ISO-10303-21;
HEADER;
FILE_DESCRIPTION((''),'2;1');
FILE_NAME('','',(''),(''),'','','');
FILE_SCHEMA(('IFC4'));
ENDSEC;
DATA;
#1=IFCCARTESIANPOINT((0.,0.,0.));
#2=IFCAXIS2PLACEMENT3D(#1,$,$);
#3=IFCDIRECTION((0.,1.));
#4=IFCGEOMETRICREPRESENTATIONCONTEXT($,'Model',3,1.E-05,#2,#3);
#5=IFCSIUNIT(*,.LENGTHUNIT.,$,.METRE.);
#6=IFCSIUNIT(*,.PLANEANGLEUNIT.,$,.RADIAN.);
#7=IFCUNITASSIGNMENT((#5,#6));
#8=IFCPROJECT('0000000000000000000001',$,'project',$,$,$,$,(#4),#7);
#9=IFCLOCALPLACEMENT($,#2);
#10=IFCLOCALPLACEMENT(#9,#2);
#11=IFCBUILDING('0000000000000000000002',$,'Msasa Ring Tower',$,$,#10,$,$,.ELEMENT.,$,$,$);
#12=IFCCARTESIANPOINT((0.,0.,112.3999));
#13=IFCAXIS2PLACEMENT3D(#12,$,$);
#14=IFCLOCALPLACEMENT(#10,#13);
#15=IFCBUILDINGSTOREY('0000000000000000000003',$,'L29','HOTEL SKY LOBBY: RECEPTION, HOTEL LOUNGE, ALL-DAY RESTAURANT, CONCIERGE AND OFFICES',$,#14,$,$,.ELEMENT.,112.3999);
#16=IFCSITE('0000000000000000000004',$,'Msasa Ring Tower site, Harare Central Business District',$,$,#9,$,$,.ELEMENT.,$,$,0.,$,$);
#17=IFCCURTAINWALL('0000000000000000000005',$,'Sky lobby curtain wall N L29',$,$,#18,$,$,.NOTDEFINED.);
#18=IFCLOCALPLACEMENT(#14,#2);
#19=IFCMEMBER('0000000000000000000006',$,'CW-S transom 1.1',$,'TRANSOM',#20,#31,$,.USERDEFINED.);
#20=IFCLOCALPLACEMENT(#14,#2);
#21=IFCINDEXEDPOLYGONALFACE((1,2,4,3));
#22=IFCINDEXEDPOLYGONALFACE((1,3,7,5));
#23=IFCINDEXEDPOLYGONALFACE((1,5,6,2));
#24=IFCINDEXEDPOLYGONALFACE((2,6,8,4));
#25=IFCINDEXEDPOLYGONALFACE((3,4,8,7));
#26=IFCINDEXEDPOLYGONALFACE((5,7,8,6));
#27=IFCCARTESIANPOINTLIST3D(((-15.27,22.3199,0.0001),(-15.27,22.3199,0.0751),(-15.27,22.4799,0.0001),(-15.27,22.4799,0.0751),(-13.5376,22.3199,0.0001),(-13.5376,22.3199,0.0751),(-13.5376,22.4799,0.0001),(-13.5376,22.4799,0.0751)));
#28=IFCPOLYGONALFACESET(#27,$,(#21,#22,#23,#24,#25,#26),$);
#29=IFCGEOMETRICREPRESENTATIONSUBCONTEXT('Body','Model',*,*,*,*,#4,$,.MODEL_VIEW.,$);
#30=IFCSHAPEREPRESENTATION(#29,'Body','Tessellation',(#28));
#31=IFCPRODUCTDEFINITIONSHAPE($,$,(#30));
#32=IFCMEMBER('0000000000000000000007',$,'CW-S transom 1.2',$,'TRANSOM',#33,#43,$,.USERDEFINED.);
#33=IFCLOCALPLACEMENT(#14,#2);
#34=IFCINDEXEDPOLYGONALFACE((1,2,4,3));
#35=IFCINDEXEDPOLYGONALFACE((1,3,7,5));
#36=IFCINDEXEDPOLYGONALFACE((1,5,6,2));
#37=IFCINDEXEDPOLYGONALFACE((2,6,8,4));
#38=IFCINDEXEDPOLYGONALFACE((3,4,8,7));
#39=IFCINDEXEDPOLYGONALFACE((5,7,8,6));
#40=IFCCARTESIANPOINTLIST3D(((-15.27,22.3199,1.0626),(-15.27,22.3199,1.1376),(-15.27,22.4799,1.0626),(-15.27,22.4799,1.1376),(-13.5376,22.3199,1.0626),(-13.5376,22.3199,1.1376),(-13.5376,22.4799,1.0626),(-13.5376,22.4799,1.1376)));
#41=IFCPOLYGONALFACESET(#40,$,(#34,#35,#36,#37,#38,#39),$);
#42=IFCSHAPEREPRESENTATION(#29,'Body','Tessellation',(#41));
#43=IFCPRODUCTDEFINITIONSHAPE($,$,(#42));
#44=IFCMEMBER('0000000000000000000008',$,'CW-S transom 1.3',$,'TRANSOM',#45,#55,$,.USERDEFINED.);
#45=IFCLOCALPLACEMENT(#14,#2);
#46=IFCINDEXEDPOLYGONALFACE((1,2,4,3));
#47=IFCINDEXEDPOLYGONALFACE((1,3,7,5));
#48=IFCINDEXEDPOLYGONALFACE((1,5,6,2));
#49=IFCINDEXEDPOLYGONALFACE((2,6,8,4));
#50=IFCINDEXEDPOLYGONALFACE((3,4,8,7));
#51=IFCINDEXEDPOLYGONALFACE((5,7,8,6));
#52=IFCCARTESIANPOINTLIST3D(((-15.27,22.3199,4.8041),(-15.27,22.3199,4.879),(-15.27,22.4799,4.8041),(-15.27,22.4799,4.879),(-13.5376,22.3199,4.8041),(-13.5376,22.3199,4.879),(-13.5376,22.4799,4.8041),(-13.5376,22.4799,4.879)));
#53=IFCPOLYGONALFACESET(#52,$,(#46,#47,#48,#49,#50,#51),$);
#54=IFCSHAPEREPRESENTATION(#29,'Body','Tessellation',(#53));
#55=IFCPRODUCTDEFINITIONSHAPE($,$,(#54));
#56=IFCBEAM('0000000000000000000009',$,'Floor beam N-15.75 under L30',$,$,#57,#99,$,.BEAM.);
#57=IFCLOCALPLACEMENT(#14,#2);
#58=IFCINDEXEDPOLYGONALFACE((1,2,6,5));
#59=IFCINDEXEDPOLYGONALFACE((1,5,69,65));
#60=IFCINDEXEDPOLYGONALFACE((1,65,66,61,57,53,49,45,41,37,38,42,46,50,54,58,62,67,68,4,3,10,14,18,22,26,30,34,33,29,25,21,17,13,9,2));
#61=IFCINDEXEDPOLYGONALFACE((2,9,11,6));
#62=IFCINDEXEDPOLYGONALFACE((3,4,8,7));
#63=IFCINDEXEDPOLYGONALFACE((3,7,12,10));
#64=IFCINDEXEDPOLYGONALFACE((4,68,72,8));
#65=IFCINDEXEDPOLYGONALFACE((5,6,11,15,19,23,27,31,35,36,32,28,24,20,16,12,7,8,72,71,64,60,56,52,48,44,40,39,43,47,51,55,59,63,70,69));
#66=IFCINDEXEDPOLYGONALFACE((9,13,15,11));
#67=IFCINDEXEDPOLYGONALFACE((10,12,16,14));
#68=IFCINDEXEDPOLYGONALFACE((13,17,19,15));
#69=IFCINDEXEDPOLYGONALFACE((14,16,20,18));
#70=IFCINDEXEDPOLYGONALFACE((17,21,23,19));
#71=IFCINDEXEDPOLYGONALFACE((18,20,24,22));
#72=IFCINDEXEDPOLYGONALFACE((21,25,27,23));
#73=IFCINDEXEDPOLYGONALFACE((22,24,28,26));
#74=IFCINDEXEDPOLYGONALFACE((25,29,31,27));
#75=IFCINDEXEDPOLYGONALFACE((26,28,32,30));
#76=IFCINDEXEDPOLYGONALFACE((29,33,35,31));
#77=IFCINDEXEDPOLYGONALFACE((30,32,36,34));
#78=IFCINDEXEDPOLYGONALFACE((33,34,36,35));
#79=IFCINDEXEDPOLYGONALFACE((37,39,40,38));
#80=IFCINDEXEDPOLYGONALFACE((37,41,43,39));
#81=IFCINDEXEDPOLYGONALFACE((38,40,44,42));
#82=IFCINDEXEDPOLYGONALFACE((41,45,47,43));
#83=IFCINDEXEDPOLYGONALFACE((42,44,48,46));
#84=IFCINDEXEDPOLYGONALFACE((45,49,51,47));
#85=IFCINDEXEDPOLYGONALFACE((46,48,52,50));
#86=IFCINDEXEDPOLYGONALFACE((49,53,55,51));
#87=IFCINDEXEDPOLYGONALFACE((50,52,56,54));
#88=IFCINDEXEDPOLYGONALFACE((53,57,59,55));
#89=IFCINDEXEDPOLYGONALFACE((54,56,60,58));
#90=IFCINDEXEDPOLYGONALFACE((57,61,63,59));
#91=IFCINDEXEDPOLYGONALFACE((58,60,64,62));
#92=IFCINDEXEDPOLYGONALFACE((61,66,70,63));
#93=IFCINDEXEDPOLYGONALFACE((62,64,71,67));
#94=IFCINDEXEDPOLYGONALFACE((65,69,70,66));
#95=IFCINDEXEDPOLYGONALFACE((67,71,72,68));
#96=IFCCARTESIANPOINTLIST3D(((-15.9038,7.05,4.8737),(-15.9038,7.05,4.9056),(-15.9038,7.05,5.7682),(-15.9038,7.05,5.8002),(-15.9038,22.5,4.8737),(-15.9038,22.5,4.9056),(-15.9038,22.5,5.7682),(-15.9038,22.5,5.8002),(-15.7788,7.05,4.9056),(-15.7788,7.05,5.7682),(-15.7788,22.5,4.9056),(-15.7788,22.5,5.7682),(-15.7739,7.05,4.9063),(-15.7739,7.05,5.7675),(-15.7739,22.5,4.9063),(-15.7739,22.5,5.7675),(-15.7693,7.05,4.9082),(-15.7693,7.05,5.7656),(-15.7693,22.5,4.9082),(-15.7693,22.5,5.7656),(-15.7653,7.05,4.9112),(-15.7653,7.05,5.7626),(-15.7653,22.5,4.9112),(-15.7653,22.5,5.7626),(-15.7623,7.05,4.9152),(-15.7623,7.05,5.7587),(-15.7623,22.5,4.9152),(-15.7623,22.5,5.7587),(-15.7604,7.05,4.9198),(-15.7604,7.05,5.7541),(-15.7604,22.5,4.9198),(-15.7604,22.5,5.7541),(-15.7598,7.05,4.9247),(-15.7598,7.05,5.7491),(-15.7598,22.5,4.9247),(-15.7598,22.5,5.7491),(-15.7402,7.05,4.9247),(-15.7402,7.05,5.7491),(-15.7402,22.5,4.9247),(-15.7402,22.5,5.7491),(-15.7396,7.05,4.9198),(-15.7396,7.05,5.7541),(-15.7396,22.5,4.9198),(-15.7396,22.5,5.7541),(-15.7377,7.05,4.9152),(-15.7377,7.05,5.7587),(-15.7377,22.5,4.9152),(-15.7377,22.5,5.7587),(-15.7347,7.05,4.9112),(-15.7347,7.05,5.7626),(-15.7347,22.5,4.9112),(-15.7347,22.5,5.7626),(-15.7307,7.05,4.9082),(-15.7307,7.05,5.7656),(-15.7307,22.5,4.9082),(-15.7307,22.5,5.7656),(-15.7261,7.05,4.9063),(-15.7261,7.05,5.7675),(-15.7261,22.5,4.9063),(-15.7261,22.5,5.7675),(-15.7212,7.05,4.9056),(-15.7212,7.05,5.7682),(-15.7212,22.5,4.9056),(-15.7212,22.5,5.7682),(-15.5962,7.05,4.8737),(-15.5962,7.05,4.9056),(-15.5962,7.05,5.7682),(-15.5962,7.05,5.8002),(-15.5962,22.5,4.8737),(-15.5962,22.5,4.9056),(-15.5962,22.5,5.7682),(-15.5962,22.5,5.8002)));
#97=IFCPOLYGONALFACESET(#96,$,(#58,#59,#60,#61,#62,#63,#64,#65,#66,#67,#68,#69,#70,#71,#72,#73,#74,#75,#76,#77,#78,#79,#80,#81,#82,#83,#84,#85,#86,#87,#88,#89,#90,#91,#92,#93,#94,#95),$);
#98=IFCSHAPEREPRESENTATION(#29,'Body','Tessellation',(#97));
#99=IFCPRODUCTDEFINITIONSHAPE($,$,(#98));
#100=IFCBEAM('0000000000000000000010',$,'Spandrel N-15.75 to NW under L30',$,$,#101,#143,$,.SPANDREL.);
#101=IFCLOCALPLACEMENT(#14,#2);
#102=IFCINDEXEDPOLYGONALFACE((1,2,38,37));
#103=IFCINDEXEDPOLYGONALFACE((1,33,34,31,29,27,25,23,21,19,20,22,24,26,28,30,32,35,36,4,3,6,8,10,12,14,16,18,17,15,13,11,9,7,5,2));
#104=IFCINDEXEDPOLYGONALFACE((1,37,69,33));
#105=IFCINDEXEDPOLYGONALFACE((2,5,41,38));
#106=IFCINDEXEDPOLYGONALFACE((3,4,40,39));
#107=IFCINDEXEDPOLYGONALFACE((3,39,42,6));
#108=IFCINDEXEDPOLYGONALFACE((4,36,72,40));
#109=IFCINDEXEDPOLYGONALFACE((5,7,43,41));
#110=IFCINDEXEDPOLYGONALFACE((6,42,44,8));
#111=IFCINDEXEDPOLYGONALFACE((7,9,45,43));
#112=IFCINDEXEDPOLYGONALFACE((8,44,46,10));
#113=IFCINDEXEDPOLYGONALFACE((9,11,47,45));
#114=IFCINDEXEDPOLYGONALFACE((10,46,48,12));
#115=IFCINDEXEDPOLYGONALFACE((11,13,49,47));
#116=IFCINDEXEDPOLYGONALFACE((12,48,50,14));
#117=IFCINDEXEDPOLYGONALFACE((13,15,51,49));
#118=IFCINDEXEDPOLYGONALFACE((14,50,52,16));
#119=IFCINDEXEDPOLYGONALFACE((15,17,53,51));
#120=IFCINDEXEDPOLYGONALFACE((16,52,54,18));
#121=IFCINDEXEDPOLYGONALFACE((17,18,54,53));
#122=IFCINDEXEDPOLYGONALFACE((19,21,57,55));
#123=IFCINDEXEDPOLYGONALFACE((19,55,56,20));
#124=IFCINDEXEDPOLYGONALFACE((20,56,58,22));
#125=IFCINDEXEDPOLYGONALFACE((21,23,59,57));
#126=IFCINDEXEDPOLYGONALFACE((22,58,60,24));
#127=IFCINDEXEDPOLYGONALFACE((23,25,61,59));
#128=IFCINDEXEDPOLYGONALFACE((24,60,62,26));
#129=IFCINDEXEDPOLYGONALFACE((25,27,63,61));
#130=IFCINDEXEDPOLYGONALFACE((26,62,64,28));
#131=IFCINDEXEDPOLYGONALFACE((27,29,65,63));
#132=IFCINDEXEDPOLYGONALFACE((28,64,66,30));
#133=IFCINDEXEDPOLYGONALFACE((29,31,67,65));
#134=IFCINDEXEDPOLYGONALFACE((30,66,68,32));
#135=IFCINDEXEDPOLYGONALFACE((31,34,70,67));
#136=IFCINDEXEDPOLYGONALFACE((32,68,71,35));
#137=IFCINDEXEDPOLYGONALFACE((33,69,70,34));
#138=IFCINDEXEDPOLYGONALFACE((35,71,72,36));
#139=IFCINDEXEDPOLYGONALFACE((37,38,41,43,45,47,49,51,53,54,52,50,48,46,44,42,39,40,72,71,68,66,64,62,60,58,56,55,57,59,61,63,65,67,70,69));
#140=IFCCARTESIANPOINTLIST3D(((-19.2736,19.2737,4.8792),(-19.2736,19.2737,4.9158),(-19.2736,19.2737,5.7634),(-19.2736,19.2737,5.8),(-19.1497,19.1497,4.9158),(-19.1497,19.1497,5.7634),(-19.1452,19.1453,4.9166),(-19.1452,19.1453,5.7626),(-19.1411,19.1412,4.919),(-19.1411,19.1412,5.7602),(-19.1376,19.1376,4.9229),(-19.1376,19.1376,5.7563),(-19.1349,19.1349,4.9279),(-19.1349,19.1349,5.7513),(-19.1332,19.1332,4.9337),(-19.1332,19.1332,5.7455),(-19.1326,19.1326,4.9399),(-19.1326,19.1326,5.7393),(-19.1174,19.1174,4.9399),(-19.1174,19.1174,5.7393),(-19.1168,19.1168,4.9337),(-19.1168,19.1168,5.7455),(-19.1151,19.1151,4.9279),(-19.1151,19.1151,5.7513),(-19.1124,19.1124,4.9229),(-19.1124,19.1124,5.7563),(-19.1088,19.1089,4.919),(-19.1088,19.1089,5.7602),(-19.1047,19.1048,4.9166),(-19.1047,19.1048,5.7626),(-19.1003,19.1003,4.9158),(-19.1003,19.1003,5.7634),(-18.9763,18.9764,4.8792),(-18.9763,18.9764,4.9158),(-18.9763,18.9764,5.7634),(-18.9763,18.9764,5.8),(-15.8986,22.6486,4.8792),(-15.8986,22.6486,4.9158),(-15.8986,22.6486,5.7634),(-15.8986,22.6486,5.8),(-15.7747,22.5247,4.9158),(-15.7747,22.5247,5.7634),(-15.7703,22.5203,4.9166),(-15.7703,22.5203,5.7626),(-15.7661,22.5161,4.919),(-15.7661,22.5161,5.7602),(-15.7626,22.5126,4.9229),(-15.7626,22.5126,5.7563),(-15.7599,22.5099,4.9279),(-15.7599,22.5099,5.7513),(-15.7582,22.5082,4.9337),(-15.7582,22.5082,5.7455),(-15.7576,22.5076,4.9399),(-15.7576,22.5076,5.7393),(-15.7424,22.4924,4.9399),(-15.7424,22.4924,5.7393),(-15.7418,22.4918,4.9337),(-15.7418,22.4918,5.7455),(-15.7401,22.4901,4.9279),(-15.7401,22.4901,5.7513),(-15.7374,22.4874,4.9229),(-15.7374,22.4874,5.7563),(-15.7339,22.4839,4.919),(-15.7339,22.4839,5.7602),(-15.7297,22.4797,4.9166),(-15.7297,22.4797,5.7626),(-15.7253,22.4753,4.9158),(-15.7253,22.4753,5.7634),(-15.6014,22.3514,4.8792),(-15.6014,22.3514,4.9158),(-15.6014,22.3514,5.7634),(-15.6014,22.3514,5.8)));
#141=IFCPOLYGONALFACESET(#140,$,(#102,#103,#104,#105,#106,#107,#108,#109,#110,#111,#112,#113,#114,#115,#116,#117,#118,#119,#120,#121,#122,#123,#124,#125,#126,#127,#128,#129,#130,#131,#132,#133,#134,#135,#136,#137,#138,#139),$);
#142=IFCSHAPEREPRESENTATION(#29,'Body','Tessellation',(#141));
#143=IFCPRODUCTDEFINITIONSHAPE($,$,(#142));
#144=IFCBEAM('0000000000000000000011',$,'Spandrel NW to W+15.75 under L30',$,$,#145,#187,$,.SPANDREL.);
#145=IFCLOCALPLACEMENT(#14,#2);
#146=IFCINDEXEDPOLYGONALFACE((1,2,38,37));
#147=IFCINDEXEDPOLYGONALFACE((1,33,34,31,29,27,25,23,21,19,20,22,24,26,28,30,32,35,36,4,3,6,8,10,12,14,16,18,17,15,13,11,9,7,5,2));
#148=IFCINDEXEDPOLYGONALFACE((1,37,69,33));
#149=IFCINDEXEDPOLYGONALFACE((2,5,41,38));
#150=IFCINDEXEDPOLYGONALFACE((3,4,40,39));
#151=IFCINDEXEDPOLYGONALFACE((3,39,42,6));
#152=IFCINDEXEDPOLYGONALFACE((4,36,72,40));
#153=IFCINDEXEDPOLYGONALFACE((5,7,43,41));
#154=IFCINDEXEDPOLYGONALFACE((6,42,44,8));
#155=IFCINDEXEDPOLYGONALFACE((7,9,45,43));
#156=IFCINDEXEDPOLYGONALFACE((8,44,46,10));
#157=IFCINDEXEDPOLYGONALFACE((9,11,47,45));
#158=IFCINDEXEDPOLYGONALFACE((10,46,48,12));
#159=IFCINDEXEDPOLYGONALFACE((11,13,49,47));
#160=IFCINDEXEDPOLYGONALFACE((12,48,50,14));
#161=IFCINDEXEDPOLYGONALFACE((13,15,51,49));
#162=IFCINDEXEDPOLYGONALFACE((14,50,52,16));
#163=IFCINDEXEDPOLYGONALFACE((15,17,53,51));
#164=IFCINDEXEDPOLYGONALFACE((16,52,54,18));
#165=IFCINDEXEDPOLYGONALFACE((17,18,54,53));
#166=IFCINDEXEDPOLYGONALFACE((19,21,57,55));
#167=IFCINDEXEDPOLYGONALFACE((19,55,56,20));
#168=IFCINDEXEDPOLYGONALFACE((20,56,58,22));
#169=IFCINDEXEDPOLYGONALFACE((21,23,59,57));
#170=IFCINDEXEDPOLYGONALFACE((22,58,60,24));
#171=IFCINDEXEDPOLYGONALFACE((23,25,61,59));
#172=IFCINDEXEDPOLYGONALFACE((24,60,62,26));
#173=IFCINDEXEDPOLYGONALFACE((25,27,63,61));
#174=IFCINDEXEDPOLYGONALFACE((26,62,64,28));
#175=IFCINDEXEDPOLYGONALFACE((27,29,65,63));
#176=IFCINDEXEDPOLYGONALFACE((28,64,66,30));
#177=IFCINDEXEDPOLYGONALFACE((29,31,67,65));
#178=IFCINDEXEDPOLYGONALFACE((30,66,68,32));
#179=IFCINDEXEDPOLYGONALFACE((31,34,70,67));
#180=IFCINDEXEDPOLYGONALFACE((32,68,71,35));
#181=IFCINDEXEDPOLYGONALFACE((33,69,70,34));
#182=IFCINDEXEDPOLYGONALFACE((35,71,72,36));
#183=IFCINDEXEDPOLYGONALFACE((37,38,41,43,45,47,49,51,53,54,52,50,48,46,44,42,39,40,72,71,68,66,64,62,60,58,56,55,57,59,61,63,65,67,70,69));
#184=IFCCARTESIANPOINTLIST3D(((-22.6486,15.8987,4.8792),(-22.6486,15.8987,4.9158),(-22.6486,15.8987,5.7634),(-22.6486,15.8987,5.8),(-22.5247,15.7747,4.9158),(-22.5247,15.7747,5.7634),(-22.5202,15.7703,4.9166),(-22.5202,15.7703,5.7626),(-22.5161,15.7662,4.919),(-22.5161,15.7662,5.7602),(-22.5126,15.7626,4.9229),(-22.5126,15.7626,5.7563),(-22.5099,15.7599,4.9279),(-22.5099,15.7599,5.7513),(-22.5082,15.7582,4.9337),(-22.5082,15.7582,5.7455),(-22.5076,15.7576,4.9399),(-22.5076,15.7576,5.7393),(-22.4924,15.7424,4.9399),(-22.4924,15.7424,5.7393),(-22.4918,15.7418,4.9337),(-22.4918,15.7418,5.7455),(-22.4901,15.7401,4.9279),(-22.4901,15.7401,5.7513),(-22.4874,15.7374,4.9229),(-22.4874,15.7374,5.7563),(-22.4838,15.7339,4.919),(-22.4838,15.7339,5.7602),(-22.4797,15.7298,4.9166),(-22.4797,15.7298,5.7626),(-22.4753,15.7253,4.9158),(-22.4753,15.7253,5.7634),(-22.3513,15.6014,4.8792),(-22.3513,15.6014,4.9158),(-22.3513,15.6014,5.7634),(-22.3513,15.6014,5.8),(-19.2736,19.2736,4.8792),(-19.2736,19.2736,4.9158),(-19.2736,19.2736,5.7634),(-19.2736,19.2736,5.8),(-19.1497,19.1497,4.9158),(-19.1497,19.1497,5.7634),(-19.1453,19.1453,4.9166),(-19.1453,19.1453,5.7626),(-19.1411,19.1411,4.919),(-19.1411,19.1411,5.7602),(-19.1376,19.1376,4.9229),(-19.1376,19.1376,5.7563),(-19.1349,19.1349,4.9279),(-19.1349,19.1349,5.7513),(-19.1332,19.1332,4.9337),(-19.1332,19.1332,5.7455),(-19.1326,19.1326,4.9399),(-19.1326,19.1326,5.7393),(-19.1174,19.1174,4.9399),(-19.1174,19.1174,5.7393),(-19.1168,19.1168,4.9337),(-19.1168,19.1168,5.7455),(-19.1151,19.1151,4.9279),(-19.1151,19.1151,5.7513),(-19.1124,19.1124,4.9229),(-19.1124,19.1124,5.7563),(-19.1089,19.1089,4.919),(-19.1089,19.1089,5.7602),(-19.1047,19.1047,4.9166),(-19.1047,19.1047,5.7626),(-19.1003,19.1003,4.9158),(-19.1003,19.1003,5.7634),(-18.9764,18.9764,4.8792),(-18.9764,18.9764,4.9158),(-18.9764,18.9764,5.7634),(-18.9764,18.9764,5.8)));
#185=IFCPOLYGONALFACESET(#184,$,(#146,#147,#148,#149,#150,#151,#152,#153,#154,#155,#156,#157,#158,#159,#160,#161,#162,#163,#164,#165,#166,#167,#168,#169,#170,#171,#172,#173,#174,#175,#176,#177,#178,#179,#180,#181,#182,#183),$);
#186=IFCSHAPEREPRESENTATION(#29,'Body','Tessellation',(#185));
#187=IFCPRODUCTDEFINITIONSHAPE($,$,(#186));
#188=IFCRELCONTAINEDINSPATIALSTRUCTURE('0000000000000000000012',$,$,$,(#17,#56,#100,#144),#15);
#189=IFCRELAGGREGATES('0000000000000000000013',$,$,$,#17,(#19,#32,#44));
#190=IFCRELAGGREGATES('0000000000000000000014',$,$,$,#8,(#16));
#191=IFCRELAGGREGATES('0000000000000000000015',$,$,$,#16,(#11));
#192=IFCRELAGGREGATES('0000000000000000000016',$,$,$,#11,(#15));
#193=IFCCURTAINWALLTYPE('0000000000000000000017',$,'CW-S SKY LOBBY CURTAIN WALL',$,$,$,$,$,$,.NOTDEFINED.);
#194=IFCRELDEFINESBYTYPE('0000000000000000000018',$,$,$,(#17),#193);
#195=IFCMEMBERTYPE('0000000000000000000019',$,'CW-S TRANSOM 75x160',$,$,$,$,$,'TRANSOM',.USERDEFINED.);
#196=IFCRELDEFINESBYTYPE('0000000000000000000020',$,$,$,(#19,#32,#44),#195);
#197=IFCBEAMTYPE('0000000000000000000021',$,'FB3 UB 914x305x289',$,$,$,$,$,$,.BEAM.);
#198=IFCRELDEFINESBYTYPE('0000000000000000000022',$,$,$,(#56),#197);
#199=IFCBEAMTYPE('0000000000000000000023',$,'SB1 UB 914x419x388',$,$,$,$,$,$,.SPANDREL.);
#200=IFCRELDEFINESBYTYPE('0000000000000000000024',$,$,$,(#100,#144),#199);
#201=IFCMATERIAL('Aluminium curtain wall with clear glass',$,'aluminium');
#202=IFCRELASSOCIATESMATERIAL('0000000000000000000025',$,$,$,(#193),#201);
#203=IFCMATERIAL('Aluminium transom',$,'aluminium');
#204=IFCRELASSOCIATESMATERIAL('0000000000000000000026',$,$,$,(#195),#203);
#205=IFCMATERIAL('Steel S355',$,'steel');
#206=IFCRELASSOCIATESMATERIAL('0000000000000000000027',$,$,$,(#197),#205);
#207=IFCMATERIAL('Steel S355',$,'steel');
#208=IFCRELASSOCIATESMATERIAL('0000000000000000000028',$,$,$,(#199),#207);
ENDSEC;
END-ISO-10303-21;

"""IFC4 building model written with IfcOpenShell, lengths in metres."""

from ifc_helpers import new_model, si_unit, direction, frame, origin, origin_2d, place, context, subcontext, project, spatial, rectangle, i_section, extrude, material, material_profile, profile_set, type_object, element, aggregate, save


model = new_model("IFC4")

# Units and contexts
model_context = context("Model", 3, precision=1e-05, world=origin(), true_north=direction((0.0, 1.0)))
body_context = subcontext(model_context, "Body", "Model", "MODEL_VIEW")
ifc_project = project(units=[si_unit("LENGTHUNIT", "METRE"), si_unit("PLANEANGLEUNIT", "RADIAN")], contexts=[model_context])

# Site, building, storey
site_placement = place(None, origin())
site = spatial("IfcSite", under=ifc_project, at=site_placement, Name="Msasa Ring Tower site, Harare Central Business District", CompositionType="ELEMENT", RefElevation=0.0)
building_placement = place(site_placement, origin())
building = spatial("IfcBuilding", under=site, at=building_placement, Name="Msasa Ring Tower", CompositionType="ELEMENT")
storey_placement = place(building_placement, frame((0.0, 0.0, 112.3999)))
storey = spatial("IfcBuildingStorey", under=building, at=storey_placement, Name="L29", Description="HOTEL SKY LOBBY: RECEPTION, HOTEL LOUNGE, ALL-DAY RESTAURANT, CONCIERGE AND OFFICES", CompositionType="ELEMENT", Elevation=112.3999)

# Curtain wall, members
ifc_material_1 = material(Name="Aluminium curtain wall with clear glass", Category="aluminium")
curtain_wall_type_1 = type_object("IfcCurtainWallType", Name="CW-S SKY LOBBY CURTAIN WALL", PredefinedType="NOTDEFINED", material=ifc_material_1)
curtain_wall_1_placement = place(storey_placement, origin())
curtain_wall_1 = element("IfcCurtainWall", 1, at=curtain_wall_1_placement, inside=storey, type_object=curtain_wall_type_1, Name="Sky lobby curtain wall N L29", PredefinedType="NOTDEFINED")
ifc_material_2 = material(Name="Aluminium transom", Category="aluminium")
ifc_material_profile_1 = material_profile(ifc_material_2, rectangle(XDim=0.1599, YDim=0.075, at=origin_2d()), Name="AL 75x160")
ifc_profile_set_1 = profile_set([ifc_material_profile_1], Name="Aluminium transom")
member_type_1 = type_object("IfcMemberType", Name="CW-S TRANSOM 75x160", ElementType="TRANSOM", PredefinedType="USERDEFINED", material=ifc_profile_set_1)
member_1_placement = place(storey_placement, frame((-15.27, 22.3999, 0.0376), z_axis=(1.0, 0.0, 0.0), x_axis=(0.0, 1.0, 0.0)))
member_1 = element("IfcMember", 2, at=member_1_placement, type_object=member_type_1, Name="CW-S transom 1.1", ObjectType="TRANSOM", PredefinedType="USERDEFINED", context=body_context, shape_type="SweptSolid", body=[
    extrude(rectangle(XDim=0.1599, YDim=0.075, at=origin_2d()), origin(), (0.0, 0.0, 1.0), 1.7324),
])
member_2_placement = place(storey_placement, frame((-15.27, 22.3999, 1.1001), z_axis=(1.0, 0.0, 0.0), x_axis=(0.0, 1.0, 0.0)))
member_2 = element("IfcMember", 3, at=member_2_placement, type_object=member_type_1, Name="CW-S transom 1.2", ObjectType="TRANSOM", PredefinedType="USERDEFINED", context=body_context, shape_type="SweptSolid", body=[
    extrude(rectangle(XDim=0.1599, YDim=0.075, at=origin_2d()), origin(), (0.0, 0.0, 1.0), 1.7324),
])
member_3_placement = place(storey_placement, frame((-15.27, 22.3999, 4.8416), z_axis=(1.0, 0.0, 0.0), x_axis=(0.0, 1.0, 0.0)))
member_3 = element("IfcMember", 4, at=member_3_placement, type_object=member_type_1, Name="CW-S transom 1.3", ObjectType="TRANSOM", PredefinedType="USERDEFINED", context=body_context, shape_type="SweptSolid", body=[
    extrude(rectangle(XDim=0.1599, YDim=0.075, at=origin_2d()), origin(), (0.0, 0.0, 1.0), 1.7324),
])

# Beams
ifc_material_3 = material(Name="Steel S355", Category="steel")
ifc_material_profile_2 = material_profile(ifc_material_3, i_section(OverallWidth=0.3076, OverallDepth=0.9265, WebThickness=0.0195, FlangeThickness=0.032, FilletRadius=0.019, at=origin_2d()), Name="UB 914x305x289")
ifc_profile_set_2 = profile_set([ifc_material_profile_2], Name="Steel S355")
beam_type_1 = type_object("IfcBeamType", Name="FB3 UB 914x305x289", PredefinedType="BEAM", material=ifc_profile_set_2)
beam_placement = place(storey_placement, frame((-15.75, 22.5, 5.3369), z_axis=(0.0, -1.0, 0.0), x_axis=(1.0, 0.0, 0.0)))
element("IfcBeam", 5, at=beam_placement, inside=storey, type_object=beam_type_1, Name="Floor beam N-15.75 under L30", PredefinedType="BEAM", context=body_context, shape_type="SweptSolid", body=[
    extrude(i_section(OverallWidth=0.3076, OverallDepth=0.9265, WebThickness=0.0195, FlangeThickness=0.032, FilletRadius=0.019, at=origin_2d()), origin(), (0.0, 0.0, 1.0), 15.45),
])
ifc_material_4 = material(Name="Steel S355", Category="steel")
ifc_material_profile_3 = material_profile(ifc_material_4, i_section(OverallWidth=0.4204, OverallDepth=0.9209, WebThickness=0.0215, FlangeThickness=0.0366, FilletRadius=0.0242, at=origin_2d()), Name="UB 914x419x388")
ifc_profile_set_3 = profile_set([ifc_material_profile_3], Name="Steel S355")
beam_type_2 = type_object("IfcBeamType", Name="SB1 UB 914x419x388", PredefinedType="SPANDREL", material=ifc_profile_set_3)
for number, where, z_axis, x_axis, name in (
    (6, (-15.75, 22.5, 5.3396), (-0.707107, -0.707107, 0.0), (0.707107, -0.707107, 0.0), "Spandrel N-15.75 to NW under L30"),
    (7, (-19.125, 19.125, 5.3396), (-0.707107, -0.707107, 0.0), (0.707107, -0.707107, 0.0), "Spandrel NW to W+15.75 under L30"),
):
    element("IfcBeam", number, at=place(storey_placement, frame(where, z_axis=z_axis, x_axis=x_axis)), inside=storey, type_object=beam_type_2, Name=name, PredefinedType="SPANDREL", context=body_context, shape_type="SweptSolid", body=[
        extrude(i_section(OverallWidth=0.4204, OverallDepth=0.9209, WebThickness=0.0215, FlangeThickness=0.0366, FilletRadius=0.0242, at=origin_2d()), origin(), (0.0, 0.0, 1.0), 4.7729),
    ])

aggregate(curtain_wall_1, [member_1, member_2, member_3])

save(model, "model.ifc")
